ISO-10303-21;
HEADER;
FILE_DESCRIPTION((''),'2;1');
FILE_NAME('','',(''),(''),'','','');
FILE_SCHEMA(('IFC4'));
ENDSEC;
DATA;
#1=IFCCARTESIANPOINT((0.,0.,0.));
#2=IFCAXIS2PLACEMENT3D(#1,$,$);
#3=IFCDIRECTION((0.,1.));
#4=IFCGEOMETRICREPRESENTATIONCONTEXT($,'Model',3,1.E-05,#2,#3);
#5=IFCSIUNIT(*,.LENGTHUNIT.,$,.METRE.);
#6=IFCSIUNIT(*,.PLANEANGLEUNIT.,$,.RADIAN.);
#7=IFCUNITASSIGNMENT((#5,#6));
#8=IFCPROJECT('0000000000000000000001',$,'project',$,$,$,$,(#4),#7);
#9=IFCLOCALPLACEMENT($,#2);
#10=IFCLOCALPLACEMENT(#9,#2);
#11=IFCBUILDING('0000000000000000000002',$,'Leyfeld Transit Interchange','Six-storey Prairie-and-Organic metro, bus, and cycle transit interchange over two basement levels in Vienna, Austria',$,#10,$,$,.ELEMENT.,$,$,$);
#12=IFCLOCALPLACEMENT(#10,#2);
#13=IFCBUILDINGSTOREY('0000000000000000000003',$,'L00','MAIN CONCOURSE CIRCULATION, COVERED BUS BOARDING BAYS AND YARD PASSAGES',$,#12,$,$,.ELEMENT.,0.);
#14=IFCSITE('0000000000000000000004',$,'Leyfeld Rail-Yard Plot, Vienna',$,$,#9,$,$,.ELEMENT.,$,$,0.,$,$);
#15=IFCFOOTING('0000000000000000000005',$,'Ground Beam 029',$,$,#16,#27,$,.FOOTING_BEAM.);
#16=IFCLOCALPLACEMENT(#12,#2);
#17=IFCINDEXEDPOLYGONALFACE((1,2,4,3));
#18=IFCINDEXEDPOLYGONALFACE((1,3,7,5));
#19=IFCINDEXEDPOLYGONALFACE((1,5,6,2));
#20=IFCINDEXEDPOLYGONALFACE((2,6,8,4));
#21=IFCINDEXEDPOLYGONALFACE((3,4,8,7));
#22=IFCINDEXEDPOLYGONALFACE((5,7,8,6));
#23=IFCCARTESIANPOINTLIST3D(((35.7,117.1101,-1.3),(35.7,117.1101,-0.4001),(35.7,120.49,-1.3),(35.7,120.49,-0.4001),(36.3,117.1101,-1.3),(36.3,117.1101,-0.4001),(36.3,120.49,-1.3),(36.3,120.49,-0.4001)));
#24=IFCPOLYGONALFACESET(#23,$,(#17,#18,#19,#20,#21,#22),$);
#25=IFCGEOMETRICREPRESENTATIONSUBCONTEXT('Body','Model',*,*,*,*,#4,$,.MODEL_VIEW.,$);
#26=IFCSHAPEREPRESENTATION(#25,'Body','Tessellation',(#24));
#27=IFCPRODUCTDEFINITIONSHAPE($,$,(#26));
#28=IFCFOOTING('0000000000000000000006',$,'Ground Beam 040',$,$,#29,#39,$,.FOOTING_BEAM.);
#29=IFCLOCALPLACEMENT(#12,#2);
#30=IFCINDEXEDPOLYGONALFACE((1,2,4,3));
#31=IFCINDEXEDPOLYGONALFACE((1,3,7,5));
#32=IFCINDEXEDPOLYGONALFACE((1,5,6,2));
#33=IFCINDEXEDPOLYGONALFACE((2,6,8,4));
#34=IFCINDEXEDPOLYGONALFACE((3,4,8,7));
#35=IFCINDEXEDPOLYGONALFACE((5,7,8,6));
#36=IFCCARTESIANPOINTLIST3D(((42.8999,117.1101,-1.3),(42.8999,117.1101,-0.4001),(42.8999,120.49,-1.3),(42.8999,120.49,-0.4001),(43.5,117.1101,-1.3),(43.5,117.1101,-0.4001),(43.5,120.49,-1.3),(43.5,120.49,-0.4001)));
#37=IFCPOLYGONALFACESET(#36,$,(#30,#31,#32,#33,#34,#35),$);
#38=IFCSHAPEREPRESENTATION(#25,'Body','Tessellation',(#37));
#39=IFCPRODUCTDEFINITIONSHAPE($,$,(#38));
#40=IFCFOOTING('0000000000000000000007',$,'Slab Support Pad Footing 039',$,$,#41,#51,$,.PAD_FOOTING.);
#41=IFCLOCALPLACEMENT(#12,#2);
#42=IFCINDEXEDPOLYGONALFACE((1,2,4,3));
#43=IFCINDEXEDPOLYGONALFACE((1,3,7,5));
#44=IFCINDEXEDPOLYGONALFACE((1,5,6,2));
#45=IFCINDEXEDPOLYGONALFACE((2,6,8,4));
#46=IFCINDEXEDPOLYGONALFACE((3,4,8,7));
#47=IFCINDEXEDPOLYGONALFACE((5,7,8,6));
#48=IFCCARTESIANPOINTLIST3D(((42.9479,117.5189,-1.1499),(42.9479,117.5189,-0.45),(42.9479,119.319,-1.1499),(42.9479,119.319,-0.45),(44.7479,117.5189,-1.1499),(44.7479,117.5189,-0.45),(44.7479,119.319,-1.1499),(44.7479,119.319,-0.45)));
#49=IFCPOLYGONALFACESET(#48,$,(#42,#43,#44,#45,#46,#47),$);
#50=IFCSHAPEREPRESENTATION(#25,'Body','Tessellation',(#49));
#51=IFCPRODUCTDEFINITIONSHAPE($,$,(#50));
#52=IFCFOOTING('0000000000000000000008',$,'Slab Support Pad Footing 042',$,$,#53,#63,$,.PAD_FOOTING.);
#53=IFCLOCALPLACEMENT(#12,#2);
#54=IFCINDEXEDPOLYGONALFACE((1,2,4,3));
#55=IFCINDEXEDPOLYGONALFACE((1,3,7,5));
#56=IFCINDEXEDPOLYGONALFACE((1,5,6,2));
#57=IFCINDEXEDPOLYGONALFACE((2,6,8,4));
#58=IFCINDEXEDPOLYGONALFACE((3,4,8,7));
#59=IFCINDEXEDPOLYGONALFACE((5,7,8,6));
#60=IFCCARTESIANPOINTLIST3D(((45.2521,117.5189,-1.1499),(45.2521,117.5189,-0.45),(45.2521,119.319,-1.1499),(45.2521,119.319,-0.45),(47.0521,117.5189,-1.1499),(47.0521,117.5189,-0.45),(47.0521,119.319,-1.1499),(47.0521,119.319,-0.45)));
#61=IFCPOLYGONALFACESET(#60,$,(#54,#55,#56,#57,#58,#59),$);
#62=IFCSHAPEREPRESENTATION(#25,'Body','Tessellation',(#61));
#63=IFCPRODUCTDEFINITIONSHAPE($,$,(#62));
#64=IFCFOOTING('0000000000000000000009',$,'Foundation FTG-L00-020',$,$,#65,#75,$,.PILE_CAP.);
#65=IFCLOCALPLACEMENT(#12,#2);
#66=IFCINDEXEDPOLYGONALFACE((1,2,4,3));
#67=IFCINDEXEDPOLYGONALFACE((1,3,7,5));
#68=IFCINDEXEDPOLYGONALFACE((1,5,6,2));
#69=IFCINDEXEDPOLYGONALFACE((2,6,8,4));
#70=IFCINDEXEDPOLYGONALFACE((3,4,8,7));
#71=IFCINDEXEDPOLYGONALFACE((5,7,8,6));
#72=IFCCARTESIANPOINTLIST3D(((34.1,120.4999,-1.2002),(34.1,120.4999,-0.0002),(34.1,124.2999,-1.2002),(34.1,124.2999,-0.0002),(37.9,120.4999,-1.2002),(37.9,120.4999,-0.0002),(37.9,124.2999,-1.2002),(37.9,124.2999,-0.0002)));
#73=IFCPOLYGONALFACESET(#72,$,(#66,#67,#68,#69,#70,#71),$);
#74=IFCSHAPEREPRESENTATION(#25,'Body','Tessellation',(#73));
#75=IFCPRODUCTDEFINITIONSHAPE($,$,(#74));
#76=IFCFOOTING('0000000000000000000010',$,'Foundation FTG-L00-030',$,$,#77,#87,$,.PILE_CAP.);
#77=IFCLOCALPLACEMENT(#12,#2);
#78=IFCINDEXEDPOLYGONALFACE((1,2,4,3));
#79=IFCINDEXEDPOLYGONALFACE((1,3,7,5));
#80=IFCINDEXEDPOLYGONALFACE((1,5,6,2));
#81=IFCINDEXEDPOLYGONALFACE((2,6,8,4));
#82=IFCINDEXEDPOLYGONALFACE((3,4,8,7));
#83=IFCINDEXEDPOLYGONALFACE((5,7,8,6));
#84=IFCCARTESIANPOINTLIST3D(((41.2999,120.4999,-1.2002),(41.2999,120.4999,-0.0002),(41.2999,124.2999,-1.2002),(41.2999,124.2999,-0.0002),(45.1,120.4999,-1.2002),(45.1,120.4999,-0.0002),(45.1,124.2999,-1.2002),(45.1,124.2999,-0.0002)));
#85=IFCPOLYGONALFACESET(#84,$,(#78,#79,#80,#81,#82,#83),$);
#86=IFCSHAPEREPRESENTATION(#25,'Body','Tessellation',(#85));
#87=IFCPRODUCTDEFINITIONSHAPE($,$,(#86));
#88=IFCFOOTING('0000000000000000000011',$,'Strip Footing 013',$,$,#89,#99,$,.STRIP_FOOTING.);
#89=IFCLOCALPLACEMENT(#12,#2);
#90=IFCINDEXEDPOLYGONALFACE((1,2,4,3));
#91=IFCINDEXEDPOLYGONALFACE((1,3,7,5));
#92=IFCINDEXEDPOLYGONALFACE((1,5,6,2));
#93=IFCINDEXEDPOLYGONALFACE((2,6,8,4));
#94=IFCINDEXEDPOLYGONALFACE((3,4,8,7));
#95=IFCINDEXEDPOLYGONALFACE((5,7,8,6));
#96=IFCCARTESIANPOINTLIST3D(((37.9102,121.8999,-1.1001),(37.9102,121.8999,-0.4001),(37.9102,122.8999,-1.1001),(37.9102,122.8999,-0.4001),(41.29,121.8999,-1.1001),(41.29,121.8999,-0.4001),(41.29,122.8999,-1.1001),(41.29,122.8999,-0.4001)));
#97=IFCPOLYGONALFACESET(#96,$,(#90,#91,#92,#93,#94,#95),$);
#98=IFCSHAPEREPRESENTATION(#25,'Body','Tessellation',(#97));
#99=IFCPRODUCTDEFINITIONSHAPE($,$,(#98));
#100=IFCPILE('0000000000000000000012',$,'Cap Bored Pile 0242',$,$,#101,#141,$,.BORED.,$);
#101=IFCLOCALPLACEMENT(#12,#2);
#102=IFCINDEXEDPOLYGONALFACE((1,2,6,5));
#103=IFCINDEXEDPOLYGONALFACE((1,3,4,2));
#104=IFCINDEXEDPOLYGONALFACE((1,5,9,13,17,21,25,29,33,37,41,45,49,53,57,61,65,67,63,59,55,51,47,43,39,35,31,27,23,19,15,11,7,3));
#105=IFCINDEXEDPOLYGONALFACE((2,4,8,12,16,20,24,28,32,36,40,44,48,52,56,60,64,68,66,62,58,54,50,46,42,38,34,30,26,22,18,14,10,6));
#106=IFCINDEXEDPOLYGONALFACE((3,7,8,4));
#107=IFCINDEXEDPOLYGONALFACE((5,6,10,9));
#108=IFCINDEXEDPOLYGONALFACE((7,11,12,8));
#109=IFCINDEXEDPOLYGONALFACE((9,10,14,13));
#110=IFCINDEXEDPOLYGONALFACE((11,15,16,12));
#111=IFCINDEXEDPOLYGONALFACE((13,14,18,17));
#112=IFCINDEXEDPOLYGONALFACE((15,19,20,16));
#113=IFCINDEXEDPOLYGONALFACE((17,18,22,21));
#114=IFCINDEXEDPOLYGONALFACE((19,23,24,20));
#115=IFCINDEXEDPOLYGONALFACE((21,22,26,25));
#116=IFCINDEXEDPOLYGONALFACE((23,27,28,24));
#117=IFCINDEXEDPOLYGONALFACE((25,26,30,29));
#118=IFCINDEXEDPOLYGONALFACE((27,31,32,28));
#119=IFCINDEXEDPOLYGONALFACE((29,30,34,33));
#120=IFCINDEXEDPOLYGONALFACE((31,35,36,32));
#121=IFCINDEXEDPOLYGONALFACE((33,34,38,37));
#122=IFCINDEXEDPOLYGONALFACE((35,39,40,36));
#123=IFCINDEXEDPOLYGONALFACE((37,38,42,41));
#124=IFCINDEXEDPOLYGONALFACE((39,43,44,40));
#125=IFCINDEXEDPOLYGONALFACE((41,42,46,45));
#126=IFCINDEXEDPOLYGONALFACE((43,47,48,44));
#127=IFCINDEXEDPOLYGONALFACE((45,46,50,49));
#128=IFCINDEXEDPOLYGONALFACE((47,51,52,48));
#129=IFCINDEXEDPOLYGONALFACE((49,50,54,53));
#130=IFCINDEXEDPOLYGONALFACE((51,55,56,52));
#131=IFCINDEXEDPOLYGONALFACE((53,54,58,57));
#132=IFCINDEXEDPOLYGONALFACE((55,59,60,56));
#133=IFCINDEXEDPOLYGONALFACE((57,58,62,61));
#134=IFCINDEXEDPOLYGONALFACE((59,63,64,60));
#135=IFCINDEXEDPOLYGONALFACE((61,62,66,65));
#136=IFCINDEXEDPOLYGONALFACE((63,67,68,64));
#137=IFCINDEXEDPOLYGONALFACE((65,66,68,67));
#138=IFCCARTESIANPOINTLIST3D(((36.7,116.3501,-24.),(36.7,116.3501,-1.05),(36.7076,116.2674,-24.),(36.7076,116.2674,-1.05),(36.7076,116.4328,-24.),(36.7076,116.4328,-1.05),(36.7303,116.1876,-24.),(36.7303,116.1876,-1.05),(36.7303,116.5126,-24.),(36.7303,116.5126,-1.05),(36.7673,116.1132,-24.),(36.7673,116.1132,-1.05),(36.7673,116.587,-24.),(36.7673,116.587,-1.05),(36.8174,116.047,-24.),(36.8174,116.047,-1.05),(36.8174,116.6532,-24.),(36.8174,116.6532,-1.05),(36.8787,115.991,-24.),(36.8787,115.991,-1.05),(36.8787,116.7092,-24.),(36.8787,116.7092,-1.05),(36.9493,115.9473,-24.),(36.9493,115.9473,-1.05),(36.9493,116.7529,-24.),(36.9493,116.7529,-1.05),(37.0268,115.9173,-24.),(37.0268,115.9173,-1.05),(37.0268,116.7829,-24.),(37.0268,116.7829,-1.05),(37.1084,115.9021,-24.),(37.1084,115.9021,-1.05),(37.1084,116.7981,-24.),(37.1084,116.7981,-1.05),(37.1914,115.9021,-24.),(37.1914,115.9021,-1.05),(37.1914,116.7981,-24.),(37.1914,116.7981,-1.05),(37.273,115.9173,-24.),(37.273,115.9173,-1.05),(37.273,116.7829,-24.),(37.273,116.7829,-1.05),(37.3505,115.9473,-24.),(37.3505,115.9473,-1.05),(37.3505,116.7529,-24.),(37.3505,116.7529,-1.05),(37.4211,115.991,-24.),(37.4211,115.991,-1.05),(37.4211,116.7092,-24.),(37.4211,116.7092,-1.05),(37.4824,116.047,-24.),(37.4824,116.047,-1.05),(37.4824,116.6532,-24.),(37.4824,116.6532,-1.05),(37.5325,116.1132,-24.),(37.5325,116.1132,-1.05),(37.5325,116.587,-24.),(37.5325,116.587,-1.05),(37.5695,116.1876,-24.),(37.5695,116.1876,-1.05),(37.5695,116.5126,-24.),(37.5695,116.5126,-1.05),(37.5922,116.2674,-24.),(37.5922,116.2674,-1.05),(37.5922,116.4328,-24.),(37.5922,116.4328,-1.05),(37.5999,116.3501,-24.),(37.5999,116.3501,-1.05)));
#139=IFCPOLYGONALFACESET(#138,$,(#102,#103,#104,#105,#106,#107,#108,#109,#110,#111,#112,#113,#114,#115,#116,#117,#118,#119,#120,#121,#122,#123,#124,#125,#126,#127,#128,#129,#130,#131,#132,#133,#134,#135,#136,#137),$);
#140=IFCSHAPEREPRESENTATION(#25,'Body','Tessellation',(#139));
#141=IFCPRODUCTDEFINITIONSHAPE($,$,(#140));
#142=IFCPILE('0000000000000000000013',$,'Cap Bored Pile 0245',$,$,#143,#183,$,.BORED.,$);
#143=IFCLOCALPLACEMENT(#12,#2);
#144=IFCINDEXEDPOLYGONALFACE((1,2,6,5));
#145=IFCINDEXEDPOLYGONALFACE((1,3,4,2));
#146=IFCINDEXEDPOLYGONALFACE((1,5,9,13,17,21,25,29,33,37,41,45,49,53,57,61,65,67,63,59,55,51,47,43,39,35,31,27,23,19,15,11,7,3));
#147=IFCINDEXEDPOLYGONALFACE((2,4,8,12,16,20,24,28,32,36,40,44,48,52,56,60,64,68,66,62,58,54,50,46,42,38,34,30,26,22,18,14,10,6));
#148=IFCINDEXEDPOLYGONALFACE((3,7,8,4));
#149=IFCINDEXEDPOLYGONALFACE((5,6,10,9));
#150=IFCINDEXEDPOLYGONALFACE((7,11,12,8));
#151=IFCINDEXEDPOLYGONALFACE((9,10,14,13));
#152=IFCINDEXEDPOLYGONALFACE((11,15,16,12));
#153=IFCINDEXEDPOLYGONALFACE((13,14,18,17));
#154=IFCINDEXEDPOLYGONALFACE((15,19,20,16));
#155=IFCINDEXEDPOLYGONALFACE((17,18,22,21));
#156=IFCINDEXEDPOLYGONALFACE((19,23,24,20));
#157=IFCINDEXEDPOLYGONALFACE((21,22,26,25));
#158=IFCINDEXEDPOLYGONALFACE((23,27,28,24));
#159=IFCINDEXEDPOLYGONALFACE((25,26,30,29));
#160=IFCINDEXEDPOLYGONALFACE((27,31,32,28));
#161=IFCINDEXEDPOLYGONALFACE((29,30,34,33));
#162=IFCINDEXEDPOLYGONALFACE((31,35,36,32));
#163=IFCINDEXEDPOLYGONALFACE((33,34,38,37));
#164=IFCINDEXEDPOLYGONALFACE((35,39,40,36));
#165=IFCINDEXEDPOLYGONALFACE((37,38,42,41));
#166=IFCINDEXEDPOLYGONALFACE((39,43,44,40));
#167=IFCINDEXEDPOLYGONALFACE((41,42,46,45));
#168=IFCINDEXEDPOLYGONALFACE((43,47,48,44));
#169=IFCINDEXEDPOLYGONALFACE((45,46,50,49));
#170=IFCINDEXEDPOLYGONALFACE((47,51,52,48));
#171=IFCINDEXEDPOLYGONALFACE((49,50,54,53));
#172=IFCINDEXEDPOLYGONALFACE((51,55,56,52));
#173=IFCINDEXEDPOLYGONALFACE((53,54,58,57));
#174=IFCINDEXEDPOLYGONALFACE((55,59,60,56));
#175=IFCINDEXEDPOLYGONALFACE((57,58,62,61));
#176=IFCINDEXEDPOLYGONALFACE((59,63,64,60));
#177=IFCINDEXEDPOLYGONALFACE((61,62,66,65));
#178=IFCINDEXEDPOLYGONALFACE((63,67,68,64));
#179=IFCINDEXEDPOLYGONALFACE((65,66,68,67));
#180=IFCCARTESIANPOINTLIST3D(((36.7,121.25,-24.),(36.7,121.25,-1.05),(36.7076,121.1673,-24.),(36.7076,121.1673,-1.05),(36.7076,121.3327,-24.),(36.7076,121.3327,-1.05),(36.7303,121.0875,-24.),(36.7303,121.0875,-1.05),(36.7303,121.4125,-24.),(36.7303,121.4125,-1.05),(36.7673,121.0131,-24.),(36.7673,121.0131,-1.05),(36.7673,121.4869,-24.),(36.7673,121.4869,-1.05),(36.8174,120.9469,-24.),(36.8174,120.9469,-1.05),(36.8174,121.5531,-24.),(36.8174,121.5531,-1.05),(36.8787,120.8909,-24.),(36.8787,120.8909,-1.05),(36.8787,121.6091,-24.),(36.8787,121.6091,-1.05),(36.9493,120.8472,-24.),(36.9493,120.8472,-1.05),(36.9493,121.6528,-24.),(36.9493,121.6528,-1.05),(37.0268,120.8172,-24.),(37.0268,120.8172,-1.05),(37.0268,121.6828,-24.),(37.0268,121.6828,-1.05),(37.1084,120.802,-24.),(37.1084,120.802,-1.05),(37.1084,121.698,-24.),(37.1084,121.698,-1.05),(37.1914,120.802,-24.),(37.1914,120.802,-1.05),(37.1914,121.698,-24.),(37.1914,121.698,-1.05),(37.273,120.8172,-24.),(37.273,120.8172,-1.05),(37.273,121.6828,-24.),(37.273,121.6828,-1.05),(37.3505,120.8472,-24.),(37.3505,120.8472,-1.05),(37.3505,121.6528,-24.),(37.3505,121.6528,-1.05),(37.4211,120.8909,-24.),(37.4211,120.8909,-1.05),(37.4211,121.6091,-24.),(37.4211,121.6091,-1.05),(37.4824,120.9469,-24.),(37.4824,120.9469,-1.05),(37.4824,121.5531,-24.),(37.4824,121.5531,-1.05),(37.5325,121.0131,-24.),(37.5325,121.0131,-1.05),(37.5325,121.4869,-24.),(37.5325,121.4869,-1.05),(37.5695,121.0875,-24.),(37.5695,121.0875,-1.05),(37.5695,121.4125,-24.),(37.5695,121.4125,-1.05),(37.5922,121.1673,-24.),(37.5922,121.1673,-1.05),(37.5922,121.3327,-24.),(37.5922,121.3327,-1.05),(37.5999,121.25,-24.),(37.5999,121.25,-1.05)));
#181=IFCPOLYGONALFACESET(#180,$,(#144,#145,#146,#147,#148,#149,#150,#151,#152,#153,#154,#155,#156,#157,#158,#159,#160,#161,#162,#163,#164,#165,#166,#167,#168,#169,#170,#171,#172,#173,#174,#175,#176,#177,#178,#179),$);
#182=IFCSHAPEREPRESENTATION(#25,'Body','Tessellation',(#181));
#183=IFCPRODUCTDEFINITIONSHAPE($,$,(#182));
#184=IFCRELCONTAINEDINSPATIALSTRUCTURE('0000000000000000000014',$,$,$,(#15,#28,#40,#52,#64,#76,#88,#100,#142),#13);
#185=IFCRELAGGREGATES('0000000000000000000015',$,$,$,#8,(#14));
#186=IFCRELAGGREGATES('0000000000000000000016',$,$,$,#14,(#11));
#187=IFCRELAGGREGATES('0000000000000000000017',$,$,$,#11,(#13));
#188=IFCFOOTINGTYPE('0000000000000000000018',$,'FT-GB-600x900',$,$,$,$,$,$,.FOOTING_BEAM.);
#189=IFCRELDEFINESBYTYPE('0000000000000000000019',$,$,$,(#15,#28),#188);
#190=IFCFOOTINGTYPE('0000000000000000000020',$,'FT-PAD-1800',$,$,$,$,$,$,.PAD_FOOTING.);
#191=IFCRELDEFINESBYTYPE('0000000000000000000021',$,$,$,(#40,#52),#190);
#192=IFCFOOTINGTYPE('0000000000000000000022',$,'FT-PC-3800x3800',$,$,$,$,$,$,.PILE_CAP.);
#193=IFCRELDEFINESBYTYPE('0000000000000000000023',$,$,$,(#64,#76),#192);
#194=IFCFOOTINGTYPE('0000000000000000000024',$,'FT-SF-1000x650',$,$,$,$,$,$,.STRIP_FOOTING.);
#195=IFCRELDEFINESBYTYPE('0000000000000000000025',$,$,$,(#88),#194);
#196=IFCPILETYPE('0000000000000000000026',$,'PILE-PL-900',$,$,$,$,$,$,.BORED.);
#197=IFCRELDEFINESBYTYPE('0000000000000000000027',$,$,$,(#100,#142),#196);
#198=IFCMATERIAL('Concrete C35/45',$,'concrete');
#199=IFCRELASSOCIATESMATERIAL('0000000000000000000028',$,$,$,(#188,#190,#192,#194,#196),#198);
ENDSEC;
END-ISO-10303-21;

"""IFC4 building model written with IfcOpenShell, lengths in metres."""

from ifc_helpers import new_model, si_unit, direction, frame, origin, origin_2d, place, context, subcontext, project, spatial, rectangle, circle, extrude, material, material_profile, profile_set, type_object, element, save


model = new_model("IFC4")

# Units and contexts
model_context = context("Model", 3, precision=1e-05, world=origin(), true_north=direction((0.0, 1.0)))
body_context = subcontext(model_context, "Body", "Model", "MODEL_VIEW")
ifc_project = project(units=[si_unit("LENGTHUNIT", "METRE"), si_unit("PLANEANGLEUNIT", "RADIAN")], contexts=[model_context])

# Site, building, storey
site_placement = place(None, origin())
site = spatial("IfcSite", under=ifc_project, at=site_placement, Name="Leyfeld Rail-Yard Plot, Vienna", CompositionType="ELEMENT", RefElevation=0.0)
building_placement = place(site_placement, origin())
building = spatial("IfcBuilding", under=site, at=building_placement, Name="Leyfeld Transit Interchange", Description="Six-storey Prairie-and-Organic metro, bus, and cycle transit interchange over two basement levels in Vienna, Austria", CompositionType="ELEMENT")
storey_placement = place(building_placement, origin())
storey = spatial("IfcBuildingStorey", under=building, at=storey_placement, Name="L00", Description="MAIN CONCOURSE CIRCULATION, COVERED BUS BOARDING BAYS AND YARD PASSAGES", CompositionType="ELEMENT", Elevation=0.0)

# Footings
ifc_material_1 = material(Name="Concrete C35/45", Category="concrete")
footing_type_1 = type_object("IfcFootingType", Name="FT-GB-600x900", PredefinedType="FOOTING_BEAM", material=ifc_material_1)
for number, where, z_axis, x_axis, name in (
    (1, (36.0, 118.8, -1.3), (0.0, 0.0, 1.0), (1.0, 0.0, 0.0), "Ground Beam 029"),
    (2, (43.2, 118.8, -1.3), (0.0, 0.0, 1.0), (1.0, 0.0, 0.0), "Ground Beam 040"),
):
    element("IfcFooting", number, at=place(storey_placement, frame(where, z_axis=z_axis, x_axis=x_axis)), inside=storey, type_object=footing_type_1, Name=name, PredefinedType="FOOTING_BEAM", context=body_context, shape_type="SweptSolid", body=[
        extrude(rectangle(XDim=0.6001, YDim=3.3799, at=origin_2d()), origin(), (0.0, 0.0, 1.0), 0.8999),
    ])
footing_type_2 = type_object("IfcFootingType", Name="FT-PAD-1800", PredefinedType="PAD_FOOTING", material=ifc_material_1)
for number, where, z_axis, x_axis, name in (
    (3, (43.8479, 118.4189, -1.1499), (0.0, 0.0, 1.0), (1.0, 0.0, 0.0), "Slab Support Pad Footing 039"),
    (4, (46.1521, 118.4189, -1.1499), (0.0, 0.0, 1.0), (1.0, 0.0, 0.0), "Slab Support Pad Footing 042"),
):
    element("IfcFooting", number, at=place(storey_placement, frame(where, z_axis=z_axis, x_axis=x_axis)), inside=storey, type_object=footing_type_2, Name=name, PredefinedType="PAD_FOOTING", context=body_context, shape_type="SweptSolid", body=[
        extrude(rectangle(XDim=1.8, YDim=1.8, at=origin_2d()), origin(), (0.0, 0.0, 1.0), 0.7),
    ])
footing_type_3 = type_object("IfcFootingType", Name="FT-PC-3800x3800", PredefinedType="PILE_CAP", material=ifc_material_1)
for number, where, z_axis, x_axis, name in (
    (5, (36.0, 122.3999, -1.2002), (0.0, 0.0, 1.0), (1.0, 0.0, 0.0), "Foundation FTG-L00-020"),
    (6, (43.2, 122.3999, -1.2002), (0.0, 0.0, 1.0), (1.0, 0.0, 0.0), "Foundation FTG-L00-030"),
):
    element("IfcFooting", number, at=place(storey_placement, frame(where, z_axis=z_axis, x_axis=x_axis)), inside=storey, type_object=footing_type_3, Name=name, PredefinedType="PILE_CAP", context=body_context, shape_type="SweptSolid", body=[
        extrude(rectangle(XDim=3.8, YDim=3.8, at=origin_2d()), origin(), (0.0, 0.0, 1.0), 1.2),
    ])
footing_type_4 = type_object("IfcFootingType", Name="FT-SF-1000x650", PredefinedType="STRIP_FOOTING", material=ifc_material_1)
footing_placement = place(storey_placement, frame((39.6001, 122.3999, -1.1001), z_axis=(0.0, 0.0, 1.0), x_axis=(1.0, 0.0, 0.0)))
element("IfcFooting", 7, at=footing_placement, inside=storey, type_object=footing_type_4, Name="Strip Footing 013", PredefinedType="STRIP_FOOTING", context=body_context, shape_type="SweptSolid", body=[
    extrude(rectangle(XDim=3.3799, YDim=1.0, at=origin_2d()), origin(), (0.0, 0.0, 1.0), 0.7),
])

# Piles
ifc_material_profile_1 = material_profile(ifc_material_1, circle(Radius=0.45, at=origin_2d()), Name="PILE D900")
ifc_profile_set_1 = profile_set([ifc_material_profile_1], Name="Concrete C35/45")
pile_type = type_object("IfcPileType", Name="PILE-PL-900", PredefinedType="BORED", material=ifc_profile_set_1)
for number, where, z_axis, x_axis, name in (
    (8, (37.1499, 116.3501, -1.05), (0.0, 0.0, -1.0), (1.0, 0.0, 0.0), "Cap Bored Pile 0242"),
    (9, (37.1499, 121.25, -1.05), (0.0, 0.0, -1.0), (1.0, 0.0, 0.0), "Cap Bored Pile 0245"),
):
    element("IfcPile", number, at=place(storey_placement, frame(where, z_axis=z_axis, x_axis=x_axis)), inside=storey, type_object=pile_type, Name=name, PredefinedType="BORED", context=body_context, shape_type="SweptSolid", body=[
        extrude(circle(Radius=0.45, at=origin_2d()), origin(), (0.0, 0.0, 1.0), 22.95),
    ])

save(model, "model.ifc")
